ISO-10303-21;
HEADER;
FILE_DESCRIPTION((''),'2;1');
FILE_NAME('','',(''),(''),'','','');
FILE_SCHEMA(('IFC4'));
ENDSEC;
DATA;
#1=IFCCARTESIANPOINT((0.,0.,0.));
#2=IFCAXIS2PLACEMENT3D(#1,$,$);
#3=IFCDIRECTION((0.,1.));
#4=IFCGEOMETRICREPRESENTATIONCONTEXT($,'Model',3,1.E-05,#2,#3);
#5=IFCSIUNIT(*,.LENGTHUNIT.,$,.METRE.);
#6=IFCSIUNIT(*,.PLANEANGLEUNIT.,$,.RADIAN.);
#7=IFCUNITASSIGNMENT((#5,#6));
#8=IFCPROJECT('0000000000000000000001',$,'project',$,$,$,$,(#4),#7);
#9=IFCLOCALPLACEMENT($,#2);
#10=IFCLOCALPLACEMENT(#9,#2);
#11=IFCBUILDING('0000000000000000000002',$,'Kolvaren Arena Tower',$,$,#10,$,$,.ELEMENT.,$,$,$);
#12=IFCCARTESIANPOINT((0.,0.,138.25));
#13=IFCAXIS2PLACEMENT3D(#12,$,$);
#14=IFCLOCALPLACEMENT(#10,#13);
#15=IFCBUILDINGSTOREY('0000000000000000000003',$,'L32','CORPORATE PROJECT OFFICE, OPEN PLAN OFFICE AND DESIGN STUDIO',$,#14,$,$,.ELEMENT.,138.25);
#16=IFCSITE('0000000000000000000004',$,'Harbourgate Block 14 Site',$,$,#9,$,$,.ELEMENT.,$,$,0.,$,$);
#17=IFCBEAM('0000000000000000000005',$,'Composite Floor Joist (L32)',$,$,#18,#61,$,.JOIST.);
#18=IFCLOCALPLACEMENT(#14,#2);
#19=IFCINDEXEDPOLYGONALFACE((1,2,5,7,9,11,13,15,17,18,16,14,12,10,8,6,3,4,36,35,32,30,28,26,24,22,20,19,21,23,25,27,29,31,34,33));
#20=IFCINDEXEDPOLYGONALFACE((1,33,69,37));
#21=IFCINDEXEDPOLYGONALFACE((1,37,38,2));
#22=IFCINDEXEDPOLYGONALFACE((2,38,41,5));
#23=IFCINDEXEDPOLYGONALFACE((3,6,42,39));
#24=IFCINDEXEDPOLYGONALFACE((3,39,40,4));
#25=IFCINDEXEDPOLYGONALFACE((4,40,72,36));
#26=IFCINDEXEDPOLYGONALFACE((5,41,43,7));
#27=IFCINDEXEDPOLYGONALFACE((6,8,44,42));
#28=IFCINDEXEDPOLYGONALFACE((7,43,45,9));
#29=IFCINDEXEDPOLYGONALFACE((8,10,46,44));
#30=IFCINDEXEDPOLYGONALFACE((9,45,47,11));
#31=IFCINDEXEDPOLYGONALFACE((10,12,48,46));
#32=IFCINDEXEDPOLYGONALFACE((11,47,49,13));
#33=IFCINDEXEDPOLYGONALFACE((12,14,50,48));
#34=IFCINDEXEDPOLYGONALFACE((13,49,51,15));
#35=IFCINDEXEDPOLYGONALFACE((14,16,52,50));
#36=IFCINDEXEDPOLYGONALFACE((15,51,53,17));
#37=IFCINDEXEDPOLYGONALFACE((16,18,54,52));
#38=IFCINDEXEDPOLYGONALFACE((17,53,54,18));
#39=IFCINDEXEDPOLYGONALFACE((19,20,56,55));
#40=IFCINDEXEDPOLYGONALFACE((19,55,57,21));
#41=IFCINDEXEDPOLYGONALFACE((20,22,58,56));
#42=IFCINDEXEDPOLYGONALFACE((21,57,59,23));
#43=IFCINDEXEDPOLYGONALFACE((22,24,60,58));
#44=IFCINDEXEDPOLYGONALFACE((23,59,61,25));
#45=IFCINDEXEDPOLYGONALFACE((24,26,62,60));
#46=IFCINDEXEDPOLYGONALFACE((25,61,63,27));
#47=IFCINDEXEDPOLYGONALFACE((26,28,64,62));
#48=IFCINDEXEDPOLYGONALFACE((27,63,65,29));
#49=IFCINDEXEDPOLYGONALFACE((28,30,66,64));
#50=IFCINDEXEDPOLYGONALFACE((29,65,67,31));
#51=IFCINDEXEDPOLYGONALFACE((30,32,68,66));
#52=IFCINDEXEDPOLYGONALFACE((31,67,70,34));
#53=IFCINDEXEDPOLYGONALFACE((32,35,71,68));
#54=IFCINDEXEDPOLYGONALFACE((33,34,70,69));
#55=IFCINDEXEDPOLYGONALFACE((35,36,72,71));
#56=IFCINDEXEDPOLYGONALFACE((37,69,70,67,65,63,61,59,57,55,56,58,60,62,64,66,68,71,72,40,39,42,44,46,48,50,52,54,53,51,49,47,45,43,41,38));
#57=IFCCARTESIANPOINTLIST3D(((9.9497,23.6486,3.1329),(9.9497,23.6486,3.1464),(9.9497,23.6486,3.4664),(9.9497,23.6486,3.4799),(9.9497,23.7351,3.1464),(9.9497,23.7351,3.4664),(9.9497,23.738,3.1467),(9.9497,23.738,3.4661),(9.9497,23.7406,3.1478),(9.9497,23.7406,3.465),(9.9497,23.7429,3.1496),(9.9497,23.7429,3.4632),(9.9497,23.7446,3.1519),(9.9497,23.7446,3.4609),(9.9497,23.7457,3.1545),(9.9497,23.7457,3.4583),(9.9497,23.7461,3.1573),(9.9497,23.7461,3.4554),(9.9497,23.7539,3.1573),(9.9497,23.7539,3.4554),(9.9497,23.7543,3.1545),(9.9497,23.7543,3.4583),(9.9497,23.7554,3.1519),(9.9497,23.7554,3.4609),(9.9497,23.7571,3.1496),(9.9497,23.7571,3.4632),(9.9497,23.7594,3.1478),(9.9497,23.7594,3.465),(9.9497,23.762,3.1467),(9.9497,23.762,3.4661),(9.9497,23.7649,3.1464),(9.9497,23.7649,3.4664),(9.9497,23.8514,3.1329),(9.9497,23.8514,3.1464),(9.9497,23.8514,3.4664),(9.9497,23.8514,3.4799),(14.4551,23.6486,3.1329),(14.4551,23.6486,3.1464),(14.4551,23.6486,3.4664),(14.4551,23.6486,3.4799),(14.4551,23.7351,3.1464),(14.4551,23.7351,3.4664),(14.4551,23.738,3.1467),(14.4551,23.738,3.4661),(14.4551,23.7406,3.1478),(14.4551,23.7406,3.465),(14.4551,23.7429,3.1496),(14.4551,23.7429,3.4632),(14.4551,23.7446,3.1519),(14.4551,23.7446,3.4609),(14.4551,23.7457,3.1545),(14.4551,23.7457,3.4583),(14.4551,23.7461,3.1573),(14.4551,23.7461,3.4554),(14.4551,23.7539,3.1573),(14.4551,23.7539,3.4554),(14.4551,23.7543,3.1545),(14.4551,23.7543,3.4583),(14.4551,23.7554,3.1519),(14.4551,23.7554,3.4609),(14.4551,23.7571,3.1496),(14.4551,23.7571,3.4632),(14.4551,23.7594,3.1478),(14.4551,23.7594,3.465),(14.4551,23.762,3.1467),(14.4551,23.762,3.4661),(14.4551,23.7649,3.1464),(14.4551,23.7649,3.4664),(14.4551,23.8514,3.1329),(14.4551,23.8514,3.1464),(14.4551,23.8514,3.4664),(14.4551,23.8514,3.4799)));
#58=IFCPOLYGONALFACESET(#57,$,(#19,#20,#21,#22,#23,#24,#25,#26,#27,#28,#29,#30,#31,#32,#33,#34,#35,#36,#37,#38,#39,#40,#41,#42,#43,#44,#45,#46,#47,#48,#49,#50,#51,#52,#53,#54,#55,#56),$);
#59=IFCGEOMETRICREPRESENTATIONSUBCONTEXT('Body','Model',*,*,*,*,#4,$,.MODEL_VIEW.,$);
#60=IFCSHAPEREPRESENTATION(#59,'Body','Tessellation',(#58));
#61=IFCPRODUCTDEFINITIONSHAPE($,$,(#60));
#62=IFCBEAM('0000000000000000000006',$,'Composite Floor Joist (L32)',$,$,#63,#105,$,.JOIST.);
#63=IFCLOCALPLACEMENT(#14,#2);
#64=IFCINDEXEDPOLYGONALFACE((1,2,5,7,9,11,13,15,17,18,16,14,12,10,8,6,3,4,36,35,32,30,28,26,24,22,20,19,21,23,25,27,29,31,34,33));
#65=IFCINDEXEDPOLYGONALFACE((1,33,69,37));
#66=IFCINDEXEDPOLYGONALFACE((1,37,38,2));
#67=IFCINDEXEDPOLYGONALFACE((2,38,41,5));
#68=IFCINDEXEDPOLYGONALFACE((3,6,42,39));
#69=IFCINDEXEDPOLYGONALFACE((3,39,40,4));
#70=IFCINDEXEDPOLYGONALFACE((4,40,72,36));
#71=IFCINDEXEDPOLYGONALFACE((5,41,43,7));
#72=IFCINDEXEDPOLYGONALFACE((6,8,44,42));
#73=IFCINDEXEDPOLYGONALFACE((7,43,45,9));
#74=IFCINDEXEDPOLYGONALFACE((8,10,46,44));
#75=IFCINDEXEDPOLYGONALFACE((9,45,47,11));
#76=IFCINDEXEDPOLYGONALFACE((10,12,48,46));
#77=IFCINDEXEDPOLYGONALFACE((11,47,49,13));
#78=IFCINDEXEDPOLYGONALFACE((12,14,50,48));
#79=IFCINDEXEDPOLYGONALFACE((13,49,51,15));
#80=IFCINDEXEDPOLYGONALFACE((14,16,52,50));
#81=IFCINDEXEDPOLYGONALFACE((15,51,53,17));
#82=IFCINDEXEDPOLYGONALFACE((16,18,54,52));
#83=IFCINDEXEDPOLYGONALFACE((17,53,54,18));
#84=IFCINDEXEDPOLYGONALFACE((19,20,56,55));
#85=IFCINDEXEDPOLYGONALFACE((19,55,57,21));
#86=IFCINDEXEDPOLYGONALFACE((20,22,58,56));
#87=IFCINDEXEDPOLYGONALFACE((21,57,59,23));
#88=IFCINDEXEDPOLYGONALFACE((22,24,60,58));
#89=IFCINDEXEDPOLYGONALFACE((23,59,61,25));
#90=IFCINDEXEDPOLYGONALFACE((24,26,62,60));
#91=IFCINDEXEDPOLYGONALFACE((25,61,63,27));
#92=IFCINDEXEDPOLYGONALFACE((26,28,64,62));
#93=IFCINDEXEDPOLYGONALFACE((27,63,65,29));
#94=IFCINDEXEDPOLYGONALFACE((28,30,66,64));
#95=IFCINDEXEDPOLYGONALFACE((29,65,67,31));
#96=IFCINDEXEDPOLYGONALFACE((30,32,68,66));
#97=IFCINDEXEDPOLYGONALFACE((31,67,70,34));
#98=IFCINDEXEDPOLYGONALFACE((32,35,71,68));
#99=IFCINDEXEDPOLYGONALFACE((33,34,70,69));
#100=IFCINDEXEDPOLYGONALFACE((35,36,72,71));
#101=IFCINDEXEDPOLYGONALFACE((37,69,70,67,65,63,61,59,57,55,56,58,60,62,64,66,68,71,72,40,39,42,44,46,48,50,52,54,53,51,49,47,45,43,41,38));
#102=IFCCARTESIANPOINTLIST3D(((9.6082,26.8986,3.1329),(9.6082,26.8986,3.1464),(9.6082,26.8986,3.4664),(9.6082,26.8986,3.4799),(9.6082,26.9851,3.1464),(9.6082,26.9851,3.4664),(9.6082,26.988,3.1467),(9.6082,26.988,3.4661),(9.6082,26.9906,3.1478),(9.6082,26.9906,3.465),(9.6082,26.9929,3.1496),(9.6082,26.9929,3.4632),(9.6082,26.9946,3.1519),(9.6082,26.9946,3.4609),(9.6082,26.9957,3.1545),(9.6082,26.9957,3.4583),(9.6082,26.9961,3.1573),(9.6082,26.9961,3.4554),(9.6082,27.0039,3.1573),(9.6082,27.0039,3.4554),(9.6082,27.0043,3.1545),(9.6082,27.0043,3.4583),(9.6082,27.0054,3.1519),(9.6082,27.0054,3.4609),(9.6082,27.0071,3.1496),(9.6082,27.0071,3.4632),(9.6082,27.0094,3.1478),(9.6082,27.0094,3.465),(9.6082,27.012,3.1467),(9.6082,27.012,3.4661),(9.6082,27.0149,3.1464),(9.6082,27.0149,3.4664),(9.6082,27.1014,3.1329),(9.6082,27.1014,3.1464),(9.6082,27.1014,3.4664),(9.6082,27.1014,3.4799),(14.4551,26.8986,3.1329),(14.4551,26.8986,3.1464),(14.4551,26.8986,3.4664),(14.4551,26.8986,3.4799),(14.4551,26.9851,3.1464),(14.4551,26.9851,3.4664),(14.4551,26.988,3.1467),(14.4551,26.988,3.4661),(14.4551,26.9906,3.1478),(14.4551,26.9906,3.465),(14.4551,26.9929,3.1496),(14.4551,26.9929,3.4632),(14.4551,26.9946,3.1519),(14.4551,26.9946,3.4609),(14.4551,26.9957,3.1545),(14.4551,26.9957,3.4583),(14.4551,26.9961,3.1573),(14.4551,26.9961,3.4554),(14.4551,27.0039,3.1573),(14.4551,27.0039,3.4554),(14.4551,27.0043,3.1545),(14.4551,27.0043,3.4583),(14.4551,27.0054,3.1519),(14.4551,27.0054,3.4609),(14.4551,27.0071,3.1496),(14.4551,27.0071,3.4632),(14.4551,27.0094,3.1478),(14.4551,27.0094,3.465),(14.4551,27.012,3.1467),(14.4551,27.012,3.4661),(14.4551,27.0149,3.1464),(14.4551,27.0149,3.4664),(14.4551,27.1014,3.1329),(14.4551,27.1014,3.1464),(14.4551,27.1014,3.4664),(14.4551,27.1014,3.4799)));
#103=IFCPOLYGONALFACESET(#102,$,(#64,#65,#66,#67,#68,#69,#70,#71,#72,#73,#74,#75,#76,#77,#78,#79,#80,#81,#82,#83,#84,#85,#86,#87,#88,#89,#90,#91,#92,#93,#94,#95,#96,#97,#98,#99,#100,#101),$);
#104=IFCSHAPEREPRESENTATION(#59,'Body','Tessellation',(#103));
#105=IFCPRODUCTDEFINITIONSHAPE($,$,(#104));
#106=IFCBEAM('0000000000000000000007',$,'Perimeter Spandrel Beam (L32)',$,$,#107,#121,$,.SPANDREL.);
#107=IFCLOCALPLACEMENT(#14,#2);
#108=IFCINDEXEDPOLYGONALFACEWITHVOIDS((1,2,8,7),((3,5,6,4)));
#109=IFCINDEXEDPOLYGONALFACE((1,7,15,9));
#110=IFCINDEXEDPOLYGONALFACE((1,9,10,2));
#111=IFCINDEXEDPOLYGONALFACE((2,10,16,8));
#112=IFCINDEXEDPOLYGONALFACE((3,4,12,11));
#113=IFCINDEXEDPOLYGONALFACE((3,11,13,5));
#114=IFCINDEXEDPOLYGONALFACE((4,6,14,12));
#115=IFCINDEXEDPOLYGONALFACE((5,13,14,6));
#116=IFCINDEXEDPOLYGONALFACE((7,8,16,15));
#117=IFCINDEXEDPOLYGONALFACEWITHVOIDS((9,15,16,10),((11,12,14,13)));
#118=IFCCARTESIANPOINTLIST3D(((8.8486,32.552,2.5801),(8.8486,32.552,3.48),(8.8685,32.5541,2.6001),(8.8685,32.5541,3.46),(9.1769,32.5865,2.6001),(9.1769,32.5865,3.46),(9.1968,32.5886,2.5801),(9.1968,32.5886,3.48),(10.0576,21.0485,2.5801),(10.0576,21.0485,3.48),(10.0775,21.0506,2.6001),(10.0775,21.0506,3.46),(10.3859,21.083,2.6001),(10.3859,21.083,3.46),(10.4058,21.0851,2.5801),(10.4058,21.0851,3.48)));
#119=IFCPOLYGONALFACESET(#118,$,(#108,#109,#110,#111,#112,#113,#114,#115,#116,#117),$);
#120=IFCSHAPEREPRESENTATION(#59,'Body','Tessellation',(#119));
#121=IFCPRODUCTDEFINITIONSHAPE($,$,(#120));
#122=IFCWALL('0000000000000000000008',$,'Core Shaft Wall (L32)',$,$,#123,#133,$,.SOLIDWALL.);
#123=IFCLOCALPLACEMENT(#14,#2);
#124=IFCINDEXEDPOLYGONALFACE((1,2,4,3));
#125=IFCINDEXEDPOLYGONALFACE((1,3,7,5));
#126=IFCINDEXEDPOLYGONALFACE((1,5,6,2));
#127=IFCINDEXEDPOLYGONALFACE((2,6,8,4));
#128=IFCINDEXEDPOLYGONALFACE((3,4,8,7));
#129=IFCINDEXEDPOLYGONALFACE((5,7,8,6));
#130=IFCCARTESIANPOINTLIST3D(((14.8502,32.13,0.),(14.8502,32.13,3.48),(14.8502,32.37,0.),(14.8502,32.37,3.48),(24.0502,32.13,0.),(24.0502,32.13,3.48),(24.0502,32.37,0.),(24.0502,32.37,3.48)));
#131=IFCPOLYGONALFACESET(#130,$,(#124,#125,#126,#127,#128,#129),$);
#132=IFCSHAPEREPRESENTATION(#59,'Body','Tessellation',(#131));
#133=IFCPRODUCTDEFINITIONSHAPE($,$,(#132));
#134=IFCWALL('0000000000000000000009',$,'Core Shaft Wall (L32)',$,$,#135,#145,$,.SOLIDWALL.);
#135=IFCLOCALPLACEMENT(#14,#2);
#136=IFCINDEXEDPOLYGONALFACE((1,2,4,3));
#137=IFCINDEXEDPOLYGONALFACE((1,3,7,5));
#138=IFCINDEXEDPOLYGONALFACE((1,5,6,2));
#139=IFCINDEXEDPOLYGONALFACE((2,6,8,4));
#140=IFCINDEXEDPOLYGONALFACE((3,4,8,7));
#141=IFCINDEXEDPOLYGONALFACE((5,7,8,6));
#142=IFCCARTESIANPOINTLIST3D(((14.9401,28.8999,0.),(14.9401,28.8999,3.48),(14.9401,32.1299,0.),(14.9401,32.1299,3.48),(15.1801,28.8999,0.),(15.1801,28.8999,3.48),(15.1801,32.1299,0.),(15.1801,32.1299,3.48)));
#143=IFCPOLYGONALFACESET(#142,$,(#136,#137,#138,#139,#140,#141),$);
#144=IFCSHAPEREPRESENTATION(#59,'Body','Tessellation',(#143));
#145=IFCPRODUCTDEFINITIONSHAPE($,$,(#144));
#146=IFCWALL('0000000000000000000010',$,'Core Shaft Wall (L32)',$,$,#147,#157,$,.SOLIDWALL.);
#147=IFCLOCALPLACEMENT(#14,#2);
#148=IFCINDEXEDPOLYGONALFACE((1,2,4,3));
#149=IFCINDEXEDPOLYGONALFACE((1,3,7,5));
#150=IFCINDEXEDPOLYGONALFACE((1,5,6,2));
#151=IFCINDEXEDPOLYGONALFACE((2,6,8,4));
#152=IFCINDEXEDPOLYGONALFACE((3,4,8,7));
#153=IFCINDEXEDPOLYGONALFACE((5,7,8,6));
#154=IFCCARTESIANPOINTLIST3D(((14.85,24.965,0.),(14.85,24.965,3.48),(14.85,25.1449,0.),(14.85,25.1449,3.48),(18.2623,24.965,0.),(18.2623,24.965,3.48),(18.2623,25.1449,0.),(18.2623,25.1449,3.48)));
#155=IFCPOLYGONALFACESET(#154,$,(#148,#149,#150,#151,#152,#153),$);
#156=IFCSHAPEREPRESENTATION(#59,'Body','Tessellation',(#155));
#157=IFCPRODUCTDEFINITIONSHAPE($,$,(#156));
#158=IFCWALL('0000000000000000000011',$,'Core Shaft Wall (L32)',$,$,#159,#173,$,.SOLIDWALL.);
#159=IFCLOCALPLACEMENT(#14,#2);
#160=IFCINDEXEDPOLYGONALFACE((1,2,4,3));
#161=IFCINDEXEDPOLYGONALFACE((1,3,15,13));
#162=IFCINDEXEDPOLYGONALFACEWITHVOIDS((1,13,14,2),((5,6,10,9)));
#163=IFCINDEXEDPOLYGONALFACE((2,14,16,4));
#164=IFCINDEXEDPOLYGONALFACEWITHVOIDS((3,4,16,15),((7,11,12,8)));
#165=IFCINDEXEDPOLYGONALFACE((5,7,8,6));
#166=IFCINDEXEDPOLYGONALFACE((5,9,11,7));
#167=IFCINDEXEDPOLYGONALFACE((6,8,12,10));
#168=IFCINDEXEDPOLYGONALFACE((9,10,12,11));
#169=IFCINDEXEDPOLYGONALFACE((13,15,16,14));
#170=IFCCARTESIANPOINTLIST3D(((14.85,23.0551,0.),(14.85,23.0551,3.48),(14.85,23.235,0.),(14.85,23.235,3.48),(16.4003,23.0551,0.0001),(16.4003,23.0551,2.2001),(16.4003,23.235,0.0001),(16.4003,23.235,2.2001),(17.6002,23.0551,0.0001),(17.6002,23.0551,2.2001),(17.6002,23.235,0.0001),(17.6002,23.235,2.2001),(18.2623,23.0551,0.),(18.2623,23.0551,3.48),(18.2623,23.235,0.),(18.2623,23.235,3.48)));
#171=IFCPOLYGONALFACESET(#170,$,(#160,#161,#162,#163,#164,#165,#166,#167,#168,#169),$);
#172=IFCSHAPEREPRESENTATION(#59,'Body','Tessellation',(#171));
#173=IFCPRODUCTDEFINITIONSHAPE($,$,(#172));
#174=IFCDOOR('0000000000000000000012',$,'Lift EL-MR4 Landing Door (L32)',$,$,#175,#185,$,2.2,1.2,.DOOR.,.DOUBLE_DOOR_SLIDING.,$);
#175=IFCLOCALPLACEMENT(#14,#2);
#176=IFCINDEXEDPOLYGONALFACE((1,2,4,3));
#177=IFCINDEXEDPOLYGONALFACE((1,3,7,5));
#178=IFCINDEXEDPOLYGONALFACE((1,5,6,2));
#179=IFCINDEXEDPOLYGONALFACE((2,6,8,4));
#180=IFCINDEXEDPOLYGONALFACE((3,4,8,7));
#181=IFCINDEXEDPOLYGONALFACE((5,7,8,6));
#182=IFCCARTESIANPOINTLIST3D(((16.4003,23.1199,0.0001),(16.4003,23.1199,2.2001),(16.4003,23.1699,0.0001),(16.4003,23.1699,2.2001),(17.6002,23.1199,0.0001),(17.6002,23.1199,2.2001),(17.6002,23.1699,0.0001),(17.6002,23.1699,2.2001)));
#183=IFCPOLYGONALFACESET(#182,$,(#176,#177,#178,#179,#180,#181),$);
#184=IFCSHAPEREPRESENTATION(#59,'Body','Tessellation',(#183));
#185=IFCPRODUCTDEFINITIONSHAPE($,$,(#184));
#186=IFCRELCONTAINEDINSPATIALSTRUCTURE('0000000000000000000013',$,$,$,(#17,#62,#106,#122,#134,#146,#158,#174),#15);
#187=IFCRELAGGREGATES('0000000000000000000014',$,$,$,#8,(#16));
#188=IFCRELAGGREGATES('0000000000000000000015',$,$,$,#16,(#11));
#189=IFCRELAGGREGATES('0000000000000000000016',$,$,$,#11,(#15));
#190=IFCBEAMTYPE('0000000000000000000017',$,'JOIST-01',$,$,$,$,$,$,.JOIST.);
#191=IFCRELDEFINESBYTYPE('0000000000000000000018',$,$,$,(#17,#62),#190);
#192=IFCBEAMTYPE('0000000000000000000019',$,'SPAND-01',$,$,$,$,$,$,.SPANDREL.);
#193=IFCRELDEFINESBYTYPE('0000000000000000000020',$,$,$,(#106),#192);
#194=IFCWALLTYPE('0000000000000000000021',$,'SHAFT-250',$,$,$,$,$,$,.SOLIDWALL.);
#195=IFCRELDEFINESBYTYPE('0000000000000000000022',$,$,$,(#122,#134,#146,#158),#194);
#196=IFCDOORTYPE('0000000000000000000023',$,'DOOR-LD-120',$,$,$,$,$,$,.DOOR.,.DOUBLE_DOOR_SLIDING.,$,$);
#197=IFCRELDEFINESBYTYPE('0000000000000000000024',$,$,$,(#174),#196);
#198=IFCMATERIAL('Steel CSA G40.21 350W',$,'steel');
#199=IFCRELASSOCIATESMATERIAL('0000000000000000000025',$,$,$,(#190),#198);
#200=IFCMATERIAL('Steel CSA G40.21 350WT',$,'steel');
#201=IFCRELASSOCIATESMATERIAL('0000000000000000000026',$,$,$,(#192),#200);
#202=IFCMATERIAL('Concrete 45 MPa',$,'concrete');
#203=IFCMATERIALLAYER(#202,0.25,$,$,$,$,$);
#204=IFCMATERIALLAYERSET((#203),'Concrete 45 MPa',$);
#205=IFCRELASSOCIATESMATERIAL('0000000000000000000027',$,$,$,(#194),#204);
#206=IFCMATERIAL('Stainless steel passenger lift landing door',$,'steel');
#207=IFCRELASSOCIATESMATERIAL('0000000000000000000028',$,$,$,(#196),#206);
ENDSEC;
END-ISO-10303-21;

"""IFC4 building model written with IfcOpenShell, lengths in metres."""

from ifc_helpers import new_model, si_unit, direction, frame, frame_2d, origin, origin_2d, place, context, subcontext, project, spatial, rectangle, hollow_rectangle, i_section, extrude, material, layer, layer_set, material_profile, profile_set, type_object, element, fill, save


model = new_model("IFC4")

# Units and contexts
model_context = context("Model", 3, precision=1e-05, world=origin(), true_north=direction((0.0, 1.0)))
body_context = subcontext(model_context, "Body", "Model", "MODEL_VIEW")
ifc_project = project(units=[si_unit("LENGTHUNIT", "METRE"), si_unit("PLANEANGLEUNIT", "RADIAN")], contexts=[model_context])

# Site, building, storey
site_placement = place(None, origin())
site = spatial("IfcSite", under=ifc_project, at=site_placement, Name="Harbourgate Block 14 Site", CompositionType="ELEMENT", RefElevation=0.0)
building_placement = place(site_placement, origin())
building = spatial("IfcBuilding", under=site, at=building_placement, Name="Kolvaren Arena Tower", CompositionType="ELEMENT")
storey_placement = place(building_placement, frame((0.0, 0.0, 138.25)))
storey = spatial("IfcBuildingStorey", under=building, at=storey_placement, Name="L32", Description="CORPORATE PROJECT OFFICE, OPEN PLAN OFFICE AND DESIGN STUDIO", CompositionType="ELEMENT", Elevation=138.25)

# Beams
ifc_material_1 = material(Name="Steel CSA G40.21 350W", Category="steel")
ifc_material_profile_1 = material_profile(ifc_material_1, i_section(OverallWidth=0.2029, OverallDepth=0.3469, WebThickness=0.0078, FlangeThickness=0.0134, FilletRadius=0.011, at=origin_2d()), Name="W360x64")
ifc_profile_set_1 = profile_set([ifc_material_profile_1], Name="Steel CSA G40.21 350W")
beam_type_1 = type_object("IfcBeamType", Name="JOIST-01", PredefinedType="JOIST", material=ifc_profile_set_1)
beam_1_placement = place(storey_placement, frame((9.9497, 23.75, 3.3064), z_axis=(1.0, 0.0, 0.0), x_axis=(0.0, 1.0, 0.0)))
element("IfcBeam", 1, at=beam_1_placement, inside=storey, type_object=beam_type_1, Name="Composite Floor Joist (L32)", PredefinedType="JOIST", context=body_context, shape_type="SweptSolid", body=[
    extrude(i_section(OverallWidth=0.2029, OverallDepth=0.3469, WebThickness=0.0078, FlangeThickness=0.0134, FilletRadius=0.011, at=origin_2d()), origin(), (0.0, 0.0, 1.0), 4.5054),
])
beam_2_placement = place(storey_placement, frame((9.6082, 27.0, 3.3064), z_axis=(1.0, 0.0, 0.0), x_axis=(0.0, 1.0, 0.0)))
element("IfcBeam", 2, at=beam_2_placement, inside=storey, type_object=beam_type_1, Name="Composite Floor Joist (L32)", PredefinedType="JOIST", context=body_context, shape_type="SweptSolid", body=[
    extrude(i_section(OverallWidth=0.2029, OverallDepth=0.3469, WebThickness=0.0078, FlangeThickness=0.0134, FilletRadius=0.011, at=origin_2d()), origin(), (0.0, 0.0, 1.0), 4.8469),
])
ifc_material_2 = material(Name="Steel CSA G40.21 350WT", Category="steel")
ifc_material_profile_2 = material_profile(ifc_material_2, hollow_rectangle(XDim=0.3501, YDim=0.8999, WallThickness=0.02, at=origin_2d()), Name="HSS 900x350x20")
ifc_profile_set_2 = profile_set([ifc_material_profile_2], Name="Steel CSA G40.21 350WT")
beam_type_2 = type_object("IfcBeamType", Name="SPAND-01", PredefinedType="SPANDREL", material=ifc_profile_set_2)
beam_3_placement = place(storey_placement, frame((9.0227, 32.5703, 3.03), z_axis=(0.104522, -0.994523, 0.0), x_axis=(0.994523, 0.104522, 0.0)))
element("IfcBeam", 3, at=beam_3_placement, inside=storey, type_object=beam_type_2, Name="Perimeter Spandrel Beam (L32)", PredefinedType="SPANDREL", context=body_context, shape_type="SweptSolid", body=[
    extrude(hollow_rectangle(XDim=0.3501, YDim=0.8999, WallThickness=0.02, at=origin_2d()), origin(), (0.0, 0.0, 1.0), 11.5669),
])

# Walls
ifc_material_3 = material(Name="Concrete 45 MPa", Category="concrete")
ifc_layer = layer(ifc_material_3, 0.25)
ifc_layer_set = layer_set([ifc_layer], Name="Concrete 45 MPa")
wall_type = type_object("IfcWallType", Name="SHAFT-250", PredefinedType="SOLIDWALL", material=ifc_layer_set)
wall_1_placement = place(storey_placement, frame((14.8501, 32.25, 0.0), z_axis=(0.0, 0.0, 1.0), x_axis=(1.0, 0.0, 0.0)))
element("IfcWall", 4, at=wall_1_placement, inside=storey, type_object=wall_type, Name="Core Shaft Wall (L32)", PredefinedType="SOLIDWALL", context=body_context, shape_type="SweptSolid", body=[
    extrude(rectangle(XDim=9.2, YDim=0.24, at=frame_2d((4.6001, 0.0))), origin(), (0.0, 0.0, 1.0), 3.48),
])
wall_2_placement = place(storey_placement, frame((15.0601, 28.8999, 0.0), z_axis=(0.0, 0.0, 1.0), x_axis=(0.0, 1.0, 0.0)))
element("IfcWall", 5, at=wall_2_placement, inside=storey, type_object=wall_type, Name="Core Shaft Wall (L32)", PredefinedType="SOLIDWALL", context=body_context, shape_type="SweptSolid", body=[
    extrude(rectangle(XDim=3.23, YDim=0.24, at=frame_2d((1.615, 0.0))), origin(), (0.0, 0.0, 1.0), 3.48),
])
wall_3_placement = place(storey_placement, frame((14.8501, 25.0549, 0.0), z_axis=(0.0, 0.0, 1.0), x_axis=(1.0, 0.0, 0.0)))
element("IfcWall", 6, at=wall_3_placement, inside=storey, type_object=wall_type, Name="Core Shaft Wall (L32)", PredefinedType="SOLIDWALL", context=body_context, shape_type="SweptSolid", body=[
    extrude(rectangle(XDim=3.4124, YDim=0.1799, at=frame_2d((1.7061, 0.0))), origin(), (0.0, 0.0, 1.0), 3.48),
])

# Wall, opening, door
wall_4_placement = place(storey_placement, frame((14.8501, 23.145, 0.0), z_axis=(0.0, 0.0, 1.0), x_axis=(1.0, 0.0, 0.0)))
wall_4 = element("IfcWall", 7, at=wall_4_placement, inside=storey, type_object=wall_type, Name="Core Shaft Wall (L32)", PredefinedType="SOLIDWALL", context=body_context, shape_type="SweptSolid", body=[
    extrude(rectangle(XDim=3.4124, YDim=0.1799, at=frame_2d((1.7061, 0.0))), origin(), (0.0, 0.0, 1.0), 3.48),
])
opening_1_placement = place(wall_4_placement, frame((1.55, 0.0, 0.0)))
opening_1 = element("IfcOpeningElement", 8, at=opening_1_placement, cuts=wall_4, PredefinedType="OPENING", context=body_context, shape_type="SweptSolid", body=[
    extrude(rectangle(XDim=1.2, YDim=2.2, at=frame_2d((0.6001, 1.1001))), frame((0.0, 0.0999, 0.0), z_axis=(0.0, -1.0, 0.0), x_axis=(1.0, 0.0, 0.0)), (0.0, 0.0, 1.0), 0.2),
])
ifc_material_4 = material(Name="Stainless steel passenger lift landing door", Category="steel")
door_type_1 = type_object("IfcDoorType", Name="DOOR-LD-120", OperationType="DOUBLE_DOOR_SLIDING", PredefinedType="DOOR", material=ifc_material_4)
door_1_placement = place(opening_1_placement, origin())
door_1 = element("IfcDoor", 9, at=door_1_placement, inside=storey, type_object=door_type_1, Name="Lift EL-MR4 Landing Door (L32)", OperationType="DOUBLE_DOOR_SLIDING", OverallHeight=2.2, OverallWidth=1.2, PredefinedType="DOOR", context=body_context, shape_type="SweptSolid", body=[
    extrude(rectangle(XDim=1.2, YDim=2.2, at=frame_2d((0.6001, 1.1001))), frame((0.0, 0.0249, 0.0), z_axis=(0.0, -1.0, 0.0), x_axis=(1.0, 0.0, 0.0)), (0.0, 0.0, 1.0), 0.05),
])
fill(opening_1, door_1)

save(model, "model.ifc")
